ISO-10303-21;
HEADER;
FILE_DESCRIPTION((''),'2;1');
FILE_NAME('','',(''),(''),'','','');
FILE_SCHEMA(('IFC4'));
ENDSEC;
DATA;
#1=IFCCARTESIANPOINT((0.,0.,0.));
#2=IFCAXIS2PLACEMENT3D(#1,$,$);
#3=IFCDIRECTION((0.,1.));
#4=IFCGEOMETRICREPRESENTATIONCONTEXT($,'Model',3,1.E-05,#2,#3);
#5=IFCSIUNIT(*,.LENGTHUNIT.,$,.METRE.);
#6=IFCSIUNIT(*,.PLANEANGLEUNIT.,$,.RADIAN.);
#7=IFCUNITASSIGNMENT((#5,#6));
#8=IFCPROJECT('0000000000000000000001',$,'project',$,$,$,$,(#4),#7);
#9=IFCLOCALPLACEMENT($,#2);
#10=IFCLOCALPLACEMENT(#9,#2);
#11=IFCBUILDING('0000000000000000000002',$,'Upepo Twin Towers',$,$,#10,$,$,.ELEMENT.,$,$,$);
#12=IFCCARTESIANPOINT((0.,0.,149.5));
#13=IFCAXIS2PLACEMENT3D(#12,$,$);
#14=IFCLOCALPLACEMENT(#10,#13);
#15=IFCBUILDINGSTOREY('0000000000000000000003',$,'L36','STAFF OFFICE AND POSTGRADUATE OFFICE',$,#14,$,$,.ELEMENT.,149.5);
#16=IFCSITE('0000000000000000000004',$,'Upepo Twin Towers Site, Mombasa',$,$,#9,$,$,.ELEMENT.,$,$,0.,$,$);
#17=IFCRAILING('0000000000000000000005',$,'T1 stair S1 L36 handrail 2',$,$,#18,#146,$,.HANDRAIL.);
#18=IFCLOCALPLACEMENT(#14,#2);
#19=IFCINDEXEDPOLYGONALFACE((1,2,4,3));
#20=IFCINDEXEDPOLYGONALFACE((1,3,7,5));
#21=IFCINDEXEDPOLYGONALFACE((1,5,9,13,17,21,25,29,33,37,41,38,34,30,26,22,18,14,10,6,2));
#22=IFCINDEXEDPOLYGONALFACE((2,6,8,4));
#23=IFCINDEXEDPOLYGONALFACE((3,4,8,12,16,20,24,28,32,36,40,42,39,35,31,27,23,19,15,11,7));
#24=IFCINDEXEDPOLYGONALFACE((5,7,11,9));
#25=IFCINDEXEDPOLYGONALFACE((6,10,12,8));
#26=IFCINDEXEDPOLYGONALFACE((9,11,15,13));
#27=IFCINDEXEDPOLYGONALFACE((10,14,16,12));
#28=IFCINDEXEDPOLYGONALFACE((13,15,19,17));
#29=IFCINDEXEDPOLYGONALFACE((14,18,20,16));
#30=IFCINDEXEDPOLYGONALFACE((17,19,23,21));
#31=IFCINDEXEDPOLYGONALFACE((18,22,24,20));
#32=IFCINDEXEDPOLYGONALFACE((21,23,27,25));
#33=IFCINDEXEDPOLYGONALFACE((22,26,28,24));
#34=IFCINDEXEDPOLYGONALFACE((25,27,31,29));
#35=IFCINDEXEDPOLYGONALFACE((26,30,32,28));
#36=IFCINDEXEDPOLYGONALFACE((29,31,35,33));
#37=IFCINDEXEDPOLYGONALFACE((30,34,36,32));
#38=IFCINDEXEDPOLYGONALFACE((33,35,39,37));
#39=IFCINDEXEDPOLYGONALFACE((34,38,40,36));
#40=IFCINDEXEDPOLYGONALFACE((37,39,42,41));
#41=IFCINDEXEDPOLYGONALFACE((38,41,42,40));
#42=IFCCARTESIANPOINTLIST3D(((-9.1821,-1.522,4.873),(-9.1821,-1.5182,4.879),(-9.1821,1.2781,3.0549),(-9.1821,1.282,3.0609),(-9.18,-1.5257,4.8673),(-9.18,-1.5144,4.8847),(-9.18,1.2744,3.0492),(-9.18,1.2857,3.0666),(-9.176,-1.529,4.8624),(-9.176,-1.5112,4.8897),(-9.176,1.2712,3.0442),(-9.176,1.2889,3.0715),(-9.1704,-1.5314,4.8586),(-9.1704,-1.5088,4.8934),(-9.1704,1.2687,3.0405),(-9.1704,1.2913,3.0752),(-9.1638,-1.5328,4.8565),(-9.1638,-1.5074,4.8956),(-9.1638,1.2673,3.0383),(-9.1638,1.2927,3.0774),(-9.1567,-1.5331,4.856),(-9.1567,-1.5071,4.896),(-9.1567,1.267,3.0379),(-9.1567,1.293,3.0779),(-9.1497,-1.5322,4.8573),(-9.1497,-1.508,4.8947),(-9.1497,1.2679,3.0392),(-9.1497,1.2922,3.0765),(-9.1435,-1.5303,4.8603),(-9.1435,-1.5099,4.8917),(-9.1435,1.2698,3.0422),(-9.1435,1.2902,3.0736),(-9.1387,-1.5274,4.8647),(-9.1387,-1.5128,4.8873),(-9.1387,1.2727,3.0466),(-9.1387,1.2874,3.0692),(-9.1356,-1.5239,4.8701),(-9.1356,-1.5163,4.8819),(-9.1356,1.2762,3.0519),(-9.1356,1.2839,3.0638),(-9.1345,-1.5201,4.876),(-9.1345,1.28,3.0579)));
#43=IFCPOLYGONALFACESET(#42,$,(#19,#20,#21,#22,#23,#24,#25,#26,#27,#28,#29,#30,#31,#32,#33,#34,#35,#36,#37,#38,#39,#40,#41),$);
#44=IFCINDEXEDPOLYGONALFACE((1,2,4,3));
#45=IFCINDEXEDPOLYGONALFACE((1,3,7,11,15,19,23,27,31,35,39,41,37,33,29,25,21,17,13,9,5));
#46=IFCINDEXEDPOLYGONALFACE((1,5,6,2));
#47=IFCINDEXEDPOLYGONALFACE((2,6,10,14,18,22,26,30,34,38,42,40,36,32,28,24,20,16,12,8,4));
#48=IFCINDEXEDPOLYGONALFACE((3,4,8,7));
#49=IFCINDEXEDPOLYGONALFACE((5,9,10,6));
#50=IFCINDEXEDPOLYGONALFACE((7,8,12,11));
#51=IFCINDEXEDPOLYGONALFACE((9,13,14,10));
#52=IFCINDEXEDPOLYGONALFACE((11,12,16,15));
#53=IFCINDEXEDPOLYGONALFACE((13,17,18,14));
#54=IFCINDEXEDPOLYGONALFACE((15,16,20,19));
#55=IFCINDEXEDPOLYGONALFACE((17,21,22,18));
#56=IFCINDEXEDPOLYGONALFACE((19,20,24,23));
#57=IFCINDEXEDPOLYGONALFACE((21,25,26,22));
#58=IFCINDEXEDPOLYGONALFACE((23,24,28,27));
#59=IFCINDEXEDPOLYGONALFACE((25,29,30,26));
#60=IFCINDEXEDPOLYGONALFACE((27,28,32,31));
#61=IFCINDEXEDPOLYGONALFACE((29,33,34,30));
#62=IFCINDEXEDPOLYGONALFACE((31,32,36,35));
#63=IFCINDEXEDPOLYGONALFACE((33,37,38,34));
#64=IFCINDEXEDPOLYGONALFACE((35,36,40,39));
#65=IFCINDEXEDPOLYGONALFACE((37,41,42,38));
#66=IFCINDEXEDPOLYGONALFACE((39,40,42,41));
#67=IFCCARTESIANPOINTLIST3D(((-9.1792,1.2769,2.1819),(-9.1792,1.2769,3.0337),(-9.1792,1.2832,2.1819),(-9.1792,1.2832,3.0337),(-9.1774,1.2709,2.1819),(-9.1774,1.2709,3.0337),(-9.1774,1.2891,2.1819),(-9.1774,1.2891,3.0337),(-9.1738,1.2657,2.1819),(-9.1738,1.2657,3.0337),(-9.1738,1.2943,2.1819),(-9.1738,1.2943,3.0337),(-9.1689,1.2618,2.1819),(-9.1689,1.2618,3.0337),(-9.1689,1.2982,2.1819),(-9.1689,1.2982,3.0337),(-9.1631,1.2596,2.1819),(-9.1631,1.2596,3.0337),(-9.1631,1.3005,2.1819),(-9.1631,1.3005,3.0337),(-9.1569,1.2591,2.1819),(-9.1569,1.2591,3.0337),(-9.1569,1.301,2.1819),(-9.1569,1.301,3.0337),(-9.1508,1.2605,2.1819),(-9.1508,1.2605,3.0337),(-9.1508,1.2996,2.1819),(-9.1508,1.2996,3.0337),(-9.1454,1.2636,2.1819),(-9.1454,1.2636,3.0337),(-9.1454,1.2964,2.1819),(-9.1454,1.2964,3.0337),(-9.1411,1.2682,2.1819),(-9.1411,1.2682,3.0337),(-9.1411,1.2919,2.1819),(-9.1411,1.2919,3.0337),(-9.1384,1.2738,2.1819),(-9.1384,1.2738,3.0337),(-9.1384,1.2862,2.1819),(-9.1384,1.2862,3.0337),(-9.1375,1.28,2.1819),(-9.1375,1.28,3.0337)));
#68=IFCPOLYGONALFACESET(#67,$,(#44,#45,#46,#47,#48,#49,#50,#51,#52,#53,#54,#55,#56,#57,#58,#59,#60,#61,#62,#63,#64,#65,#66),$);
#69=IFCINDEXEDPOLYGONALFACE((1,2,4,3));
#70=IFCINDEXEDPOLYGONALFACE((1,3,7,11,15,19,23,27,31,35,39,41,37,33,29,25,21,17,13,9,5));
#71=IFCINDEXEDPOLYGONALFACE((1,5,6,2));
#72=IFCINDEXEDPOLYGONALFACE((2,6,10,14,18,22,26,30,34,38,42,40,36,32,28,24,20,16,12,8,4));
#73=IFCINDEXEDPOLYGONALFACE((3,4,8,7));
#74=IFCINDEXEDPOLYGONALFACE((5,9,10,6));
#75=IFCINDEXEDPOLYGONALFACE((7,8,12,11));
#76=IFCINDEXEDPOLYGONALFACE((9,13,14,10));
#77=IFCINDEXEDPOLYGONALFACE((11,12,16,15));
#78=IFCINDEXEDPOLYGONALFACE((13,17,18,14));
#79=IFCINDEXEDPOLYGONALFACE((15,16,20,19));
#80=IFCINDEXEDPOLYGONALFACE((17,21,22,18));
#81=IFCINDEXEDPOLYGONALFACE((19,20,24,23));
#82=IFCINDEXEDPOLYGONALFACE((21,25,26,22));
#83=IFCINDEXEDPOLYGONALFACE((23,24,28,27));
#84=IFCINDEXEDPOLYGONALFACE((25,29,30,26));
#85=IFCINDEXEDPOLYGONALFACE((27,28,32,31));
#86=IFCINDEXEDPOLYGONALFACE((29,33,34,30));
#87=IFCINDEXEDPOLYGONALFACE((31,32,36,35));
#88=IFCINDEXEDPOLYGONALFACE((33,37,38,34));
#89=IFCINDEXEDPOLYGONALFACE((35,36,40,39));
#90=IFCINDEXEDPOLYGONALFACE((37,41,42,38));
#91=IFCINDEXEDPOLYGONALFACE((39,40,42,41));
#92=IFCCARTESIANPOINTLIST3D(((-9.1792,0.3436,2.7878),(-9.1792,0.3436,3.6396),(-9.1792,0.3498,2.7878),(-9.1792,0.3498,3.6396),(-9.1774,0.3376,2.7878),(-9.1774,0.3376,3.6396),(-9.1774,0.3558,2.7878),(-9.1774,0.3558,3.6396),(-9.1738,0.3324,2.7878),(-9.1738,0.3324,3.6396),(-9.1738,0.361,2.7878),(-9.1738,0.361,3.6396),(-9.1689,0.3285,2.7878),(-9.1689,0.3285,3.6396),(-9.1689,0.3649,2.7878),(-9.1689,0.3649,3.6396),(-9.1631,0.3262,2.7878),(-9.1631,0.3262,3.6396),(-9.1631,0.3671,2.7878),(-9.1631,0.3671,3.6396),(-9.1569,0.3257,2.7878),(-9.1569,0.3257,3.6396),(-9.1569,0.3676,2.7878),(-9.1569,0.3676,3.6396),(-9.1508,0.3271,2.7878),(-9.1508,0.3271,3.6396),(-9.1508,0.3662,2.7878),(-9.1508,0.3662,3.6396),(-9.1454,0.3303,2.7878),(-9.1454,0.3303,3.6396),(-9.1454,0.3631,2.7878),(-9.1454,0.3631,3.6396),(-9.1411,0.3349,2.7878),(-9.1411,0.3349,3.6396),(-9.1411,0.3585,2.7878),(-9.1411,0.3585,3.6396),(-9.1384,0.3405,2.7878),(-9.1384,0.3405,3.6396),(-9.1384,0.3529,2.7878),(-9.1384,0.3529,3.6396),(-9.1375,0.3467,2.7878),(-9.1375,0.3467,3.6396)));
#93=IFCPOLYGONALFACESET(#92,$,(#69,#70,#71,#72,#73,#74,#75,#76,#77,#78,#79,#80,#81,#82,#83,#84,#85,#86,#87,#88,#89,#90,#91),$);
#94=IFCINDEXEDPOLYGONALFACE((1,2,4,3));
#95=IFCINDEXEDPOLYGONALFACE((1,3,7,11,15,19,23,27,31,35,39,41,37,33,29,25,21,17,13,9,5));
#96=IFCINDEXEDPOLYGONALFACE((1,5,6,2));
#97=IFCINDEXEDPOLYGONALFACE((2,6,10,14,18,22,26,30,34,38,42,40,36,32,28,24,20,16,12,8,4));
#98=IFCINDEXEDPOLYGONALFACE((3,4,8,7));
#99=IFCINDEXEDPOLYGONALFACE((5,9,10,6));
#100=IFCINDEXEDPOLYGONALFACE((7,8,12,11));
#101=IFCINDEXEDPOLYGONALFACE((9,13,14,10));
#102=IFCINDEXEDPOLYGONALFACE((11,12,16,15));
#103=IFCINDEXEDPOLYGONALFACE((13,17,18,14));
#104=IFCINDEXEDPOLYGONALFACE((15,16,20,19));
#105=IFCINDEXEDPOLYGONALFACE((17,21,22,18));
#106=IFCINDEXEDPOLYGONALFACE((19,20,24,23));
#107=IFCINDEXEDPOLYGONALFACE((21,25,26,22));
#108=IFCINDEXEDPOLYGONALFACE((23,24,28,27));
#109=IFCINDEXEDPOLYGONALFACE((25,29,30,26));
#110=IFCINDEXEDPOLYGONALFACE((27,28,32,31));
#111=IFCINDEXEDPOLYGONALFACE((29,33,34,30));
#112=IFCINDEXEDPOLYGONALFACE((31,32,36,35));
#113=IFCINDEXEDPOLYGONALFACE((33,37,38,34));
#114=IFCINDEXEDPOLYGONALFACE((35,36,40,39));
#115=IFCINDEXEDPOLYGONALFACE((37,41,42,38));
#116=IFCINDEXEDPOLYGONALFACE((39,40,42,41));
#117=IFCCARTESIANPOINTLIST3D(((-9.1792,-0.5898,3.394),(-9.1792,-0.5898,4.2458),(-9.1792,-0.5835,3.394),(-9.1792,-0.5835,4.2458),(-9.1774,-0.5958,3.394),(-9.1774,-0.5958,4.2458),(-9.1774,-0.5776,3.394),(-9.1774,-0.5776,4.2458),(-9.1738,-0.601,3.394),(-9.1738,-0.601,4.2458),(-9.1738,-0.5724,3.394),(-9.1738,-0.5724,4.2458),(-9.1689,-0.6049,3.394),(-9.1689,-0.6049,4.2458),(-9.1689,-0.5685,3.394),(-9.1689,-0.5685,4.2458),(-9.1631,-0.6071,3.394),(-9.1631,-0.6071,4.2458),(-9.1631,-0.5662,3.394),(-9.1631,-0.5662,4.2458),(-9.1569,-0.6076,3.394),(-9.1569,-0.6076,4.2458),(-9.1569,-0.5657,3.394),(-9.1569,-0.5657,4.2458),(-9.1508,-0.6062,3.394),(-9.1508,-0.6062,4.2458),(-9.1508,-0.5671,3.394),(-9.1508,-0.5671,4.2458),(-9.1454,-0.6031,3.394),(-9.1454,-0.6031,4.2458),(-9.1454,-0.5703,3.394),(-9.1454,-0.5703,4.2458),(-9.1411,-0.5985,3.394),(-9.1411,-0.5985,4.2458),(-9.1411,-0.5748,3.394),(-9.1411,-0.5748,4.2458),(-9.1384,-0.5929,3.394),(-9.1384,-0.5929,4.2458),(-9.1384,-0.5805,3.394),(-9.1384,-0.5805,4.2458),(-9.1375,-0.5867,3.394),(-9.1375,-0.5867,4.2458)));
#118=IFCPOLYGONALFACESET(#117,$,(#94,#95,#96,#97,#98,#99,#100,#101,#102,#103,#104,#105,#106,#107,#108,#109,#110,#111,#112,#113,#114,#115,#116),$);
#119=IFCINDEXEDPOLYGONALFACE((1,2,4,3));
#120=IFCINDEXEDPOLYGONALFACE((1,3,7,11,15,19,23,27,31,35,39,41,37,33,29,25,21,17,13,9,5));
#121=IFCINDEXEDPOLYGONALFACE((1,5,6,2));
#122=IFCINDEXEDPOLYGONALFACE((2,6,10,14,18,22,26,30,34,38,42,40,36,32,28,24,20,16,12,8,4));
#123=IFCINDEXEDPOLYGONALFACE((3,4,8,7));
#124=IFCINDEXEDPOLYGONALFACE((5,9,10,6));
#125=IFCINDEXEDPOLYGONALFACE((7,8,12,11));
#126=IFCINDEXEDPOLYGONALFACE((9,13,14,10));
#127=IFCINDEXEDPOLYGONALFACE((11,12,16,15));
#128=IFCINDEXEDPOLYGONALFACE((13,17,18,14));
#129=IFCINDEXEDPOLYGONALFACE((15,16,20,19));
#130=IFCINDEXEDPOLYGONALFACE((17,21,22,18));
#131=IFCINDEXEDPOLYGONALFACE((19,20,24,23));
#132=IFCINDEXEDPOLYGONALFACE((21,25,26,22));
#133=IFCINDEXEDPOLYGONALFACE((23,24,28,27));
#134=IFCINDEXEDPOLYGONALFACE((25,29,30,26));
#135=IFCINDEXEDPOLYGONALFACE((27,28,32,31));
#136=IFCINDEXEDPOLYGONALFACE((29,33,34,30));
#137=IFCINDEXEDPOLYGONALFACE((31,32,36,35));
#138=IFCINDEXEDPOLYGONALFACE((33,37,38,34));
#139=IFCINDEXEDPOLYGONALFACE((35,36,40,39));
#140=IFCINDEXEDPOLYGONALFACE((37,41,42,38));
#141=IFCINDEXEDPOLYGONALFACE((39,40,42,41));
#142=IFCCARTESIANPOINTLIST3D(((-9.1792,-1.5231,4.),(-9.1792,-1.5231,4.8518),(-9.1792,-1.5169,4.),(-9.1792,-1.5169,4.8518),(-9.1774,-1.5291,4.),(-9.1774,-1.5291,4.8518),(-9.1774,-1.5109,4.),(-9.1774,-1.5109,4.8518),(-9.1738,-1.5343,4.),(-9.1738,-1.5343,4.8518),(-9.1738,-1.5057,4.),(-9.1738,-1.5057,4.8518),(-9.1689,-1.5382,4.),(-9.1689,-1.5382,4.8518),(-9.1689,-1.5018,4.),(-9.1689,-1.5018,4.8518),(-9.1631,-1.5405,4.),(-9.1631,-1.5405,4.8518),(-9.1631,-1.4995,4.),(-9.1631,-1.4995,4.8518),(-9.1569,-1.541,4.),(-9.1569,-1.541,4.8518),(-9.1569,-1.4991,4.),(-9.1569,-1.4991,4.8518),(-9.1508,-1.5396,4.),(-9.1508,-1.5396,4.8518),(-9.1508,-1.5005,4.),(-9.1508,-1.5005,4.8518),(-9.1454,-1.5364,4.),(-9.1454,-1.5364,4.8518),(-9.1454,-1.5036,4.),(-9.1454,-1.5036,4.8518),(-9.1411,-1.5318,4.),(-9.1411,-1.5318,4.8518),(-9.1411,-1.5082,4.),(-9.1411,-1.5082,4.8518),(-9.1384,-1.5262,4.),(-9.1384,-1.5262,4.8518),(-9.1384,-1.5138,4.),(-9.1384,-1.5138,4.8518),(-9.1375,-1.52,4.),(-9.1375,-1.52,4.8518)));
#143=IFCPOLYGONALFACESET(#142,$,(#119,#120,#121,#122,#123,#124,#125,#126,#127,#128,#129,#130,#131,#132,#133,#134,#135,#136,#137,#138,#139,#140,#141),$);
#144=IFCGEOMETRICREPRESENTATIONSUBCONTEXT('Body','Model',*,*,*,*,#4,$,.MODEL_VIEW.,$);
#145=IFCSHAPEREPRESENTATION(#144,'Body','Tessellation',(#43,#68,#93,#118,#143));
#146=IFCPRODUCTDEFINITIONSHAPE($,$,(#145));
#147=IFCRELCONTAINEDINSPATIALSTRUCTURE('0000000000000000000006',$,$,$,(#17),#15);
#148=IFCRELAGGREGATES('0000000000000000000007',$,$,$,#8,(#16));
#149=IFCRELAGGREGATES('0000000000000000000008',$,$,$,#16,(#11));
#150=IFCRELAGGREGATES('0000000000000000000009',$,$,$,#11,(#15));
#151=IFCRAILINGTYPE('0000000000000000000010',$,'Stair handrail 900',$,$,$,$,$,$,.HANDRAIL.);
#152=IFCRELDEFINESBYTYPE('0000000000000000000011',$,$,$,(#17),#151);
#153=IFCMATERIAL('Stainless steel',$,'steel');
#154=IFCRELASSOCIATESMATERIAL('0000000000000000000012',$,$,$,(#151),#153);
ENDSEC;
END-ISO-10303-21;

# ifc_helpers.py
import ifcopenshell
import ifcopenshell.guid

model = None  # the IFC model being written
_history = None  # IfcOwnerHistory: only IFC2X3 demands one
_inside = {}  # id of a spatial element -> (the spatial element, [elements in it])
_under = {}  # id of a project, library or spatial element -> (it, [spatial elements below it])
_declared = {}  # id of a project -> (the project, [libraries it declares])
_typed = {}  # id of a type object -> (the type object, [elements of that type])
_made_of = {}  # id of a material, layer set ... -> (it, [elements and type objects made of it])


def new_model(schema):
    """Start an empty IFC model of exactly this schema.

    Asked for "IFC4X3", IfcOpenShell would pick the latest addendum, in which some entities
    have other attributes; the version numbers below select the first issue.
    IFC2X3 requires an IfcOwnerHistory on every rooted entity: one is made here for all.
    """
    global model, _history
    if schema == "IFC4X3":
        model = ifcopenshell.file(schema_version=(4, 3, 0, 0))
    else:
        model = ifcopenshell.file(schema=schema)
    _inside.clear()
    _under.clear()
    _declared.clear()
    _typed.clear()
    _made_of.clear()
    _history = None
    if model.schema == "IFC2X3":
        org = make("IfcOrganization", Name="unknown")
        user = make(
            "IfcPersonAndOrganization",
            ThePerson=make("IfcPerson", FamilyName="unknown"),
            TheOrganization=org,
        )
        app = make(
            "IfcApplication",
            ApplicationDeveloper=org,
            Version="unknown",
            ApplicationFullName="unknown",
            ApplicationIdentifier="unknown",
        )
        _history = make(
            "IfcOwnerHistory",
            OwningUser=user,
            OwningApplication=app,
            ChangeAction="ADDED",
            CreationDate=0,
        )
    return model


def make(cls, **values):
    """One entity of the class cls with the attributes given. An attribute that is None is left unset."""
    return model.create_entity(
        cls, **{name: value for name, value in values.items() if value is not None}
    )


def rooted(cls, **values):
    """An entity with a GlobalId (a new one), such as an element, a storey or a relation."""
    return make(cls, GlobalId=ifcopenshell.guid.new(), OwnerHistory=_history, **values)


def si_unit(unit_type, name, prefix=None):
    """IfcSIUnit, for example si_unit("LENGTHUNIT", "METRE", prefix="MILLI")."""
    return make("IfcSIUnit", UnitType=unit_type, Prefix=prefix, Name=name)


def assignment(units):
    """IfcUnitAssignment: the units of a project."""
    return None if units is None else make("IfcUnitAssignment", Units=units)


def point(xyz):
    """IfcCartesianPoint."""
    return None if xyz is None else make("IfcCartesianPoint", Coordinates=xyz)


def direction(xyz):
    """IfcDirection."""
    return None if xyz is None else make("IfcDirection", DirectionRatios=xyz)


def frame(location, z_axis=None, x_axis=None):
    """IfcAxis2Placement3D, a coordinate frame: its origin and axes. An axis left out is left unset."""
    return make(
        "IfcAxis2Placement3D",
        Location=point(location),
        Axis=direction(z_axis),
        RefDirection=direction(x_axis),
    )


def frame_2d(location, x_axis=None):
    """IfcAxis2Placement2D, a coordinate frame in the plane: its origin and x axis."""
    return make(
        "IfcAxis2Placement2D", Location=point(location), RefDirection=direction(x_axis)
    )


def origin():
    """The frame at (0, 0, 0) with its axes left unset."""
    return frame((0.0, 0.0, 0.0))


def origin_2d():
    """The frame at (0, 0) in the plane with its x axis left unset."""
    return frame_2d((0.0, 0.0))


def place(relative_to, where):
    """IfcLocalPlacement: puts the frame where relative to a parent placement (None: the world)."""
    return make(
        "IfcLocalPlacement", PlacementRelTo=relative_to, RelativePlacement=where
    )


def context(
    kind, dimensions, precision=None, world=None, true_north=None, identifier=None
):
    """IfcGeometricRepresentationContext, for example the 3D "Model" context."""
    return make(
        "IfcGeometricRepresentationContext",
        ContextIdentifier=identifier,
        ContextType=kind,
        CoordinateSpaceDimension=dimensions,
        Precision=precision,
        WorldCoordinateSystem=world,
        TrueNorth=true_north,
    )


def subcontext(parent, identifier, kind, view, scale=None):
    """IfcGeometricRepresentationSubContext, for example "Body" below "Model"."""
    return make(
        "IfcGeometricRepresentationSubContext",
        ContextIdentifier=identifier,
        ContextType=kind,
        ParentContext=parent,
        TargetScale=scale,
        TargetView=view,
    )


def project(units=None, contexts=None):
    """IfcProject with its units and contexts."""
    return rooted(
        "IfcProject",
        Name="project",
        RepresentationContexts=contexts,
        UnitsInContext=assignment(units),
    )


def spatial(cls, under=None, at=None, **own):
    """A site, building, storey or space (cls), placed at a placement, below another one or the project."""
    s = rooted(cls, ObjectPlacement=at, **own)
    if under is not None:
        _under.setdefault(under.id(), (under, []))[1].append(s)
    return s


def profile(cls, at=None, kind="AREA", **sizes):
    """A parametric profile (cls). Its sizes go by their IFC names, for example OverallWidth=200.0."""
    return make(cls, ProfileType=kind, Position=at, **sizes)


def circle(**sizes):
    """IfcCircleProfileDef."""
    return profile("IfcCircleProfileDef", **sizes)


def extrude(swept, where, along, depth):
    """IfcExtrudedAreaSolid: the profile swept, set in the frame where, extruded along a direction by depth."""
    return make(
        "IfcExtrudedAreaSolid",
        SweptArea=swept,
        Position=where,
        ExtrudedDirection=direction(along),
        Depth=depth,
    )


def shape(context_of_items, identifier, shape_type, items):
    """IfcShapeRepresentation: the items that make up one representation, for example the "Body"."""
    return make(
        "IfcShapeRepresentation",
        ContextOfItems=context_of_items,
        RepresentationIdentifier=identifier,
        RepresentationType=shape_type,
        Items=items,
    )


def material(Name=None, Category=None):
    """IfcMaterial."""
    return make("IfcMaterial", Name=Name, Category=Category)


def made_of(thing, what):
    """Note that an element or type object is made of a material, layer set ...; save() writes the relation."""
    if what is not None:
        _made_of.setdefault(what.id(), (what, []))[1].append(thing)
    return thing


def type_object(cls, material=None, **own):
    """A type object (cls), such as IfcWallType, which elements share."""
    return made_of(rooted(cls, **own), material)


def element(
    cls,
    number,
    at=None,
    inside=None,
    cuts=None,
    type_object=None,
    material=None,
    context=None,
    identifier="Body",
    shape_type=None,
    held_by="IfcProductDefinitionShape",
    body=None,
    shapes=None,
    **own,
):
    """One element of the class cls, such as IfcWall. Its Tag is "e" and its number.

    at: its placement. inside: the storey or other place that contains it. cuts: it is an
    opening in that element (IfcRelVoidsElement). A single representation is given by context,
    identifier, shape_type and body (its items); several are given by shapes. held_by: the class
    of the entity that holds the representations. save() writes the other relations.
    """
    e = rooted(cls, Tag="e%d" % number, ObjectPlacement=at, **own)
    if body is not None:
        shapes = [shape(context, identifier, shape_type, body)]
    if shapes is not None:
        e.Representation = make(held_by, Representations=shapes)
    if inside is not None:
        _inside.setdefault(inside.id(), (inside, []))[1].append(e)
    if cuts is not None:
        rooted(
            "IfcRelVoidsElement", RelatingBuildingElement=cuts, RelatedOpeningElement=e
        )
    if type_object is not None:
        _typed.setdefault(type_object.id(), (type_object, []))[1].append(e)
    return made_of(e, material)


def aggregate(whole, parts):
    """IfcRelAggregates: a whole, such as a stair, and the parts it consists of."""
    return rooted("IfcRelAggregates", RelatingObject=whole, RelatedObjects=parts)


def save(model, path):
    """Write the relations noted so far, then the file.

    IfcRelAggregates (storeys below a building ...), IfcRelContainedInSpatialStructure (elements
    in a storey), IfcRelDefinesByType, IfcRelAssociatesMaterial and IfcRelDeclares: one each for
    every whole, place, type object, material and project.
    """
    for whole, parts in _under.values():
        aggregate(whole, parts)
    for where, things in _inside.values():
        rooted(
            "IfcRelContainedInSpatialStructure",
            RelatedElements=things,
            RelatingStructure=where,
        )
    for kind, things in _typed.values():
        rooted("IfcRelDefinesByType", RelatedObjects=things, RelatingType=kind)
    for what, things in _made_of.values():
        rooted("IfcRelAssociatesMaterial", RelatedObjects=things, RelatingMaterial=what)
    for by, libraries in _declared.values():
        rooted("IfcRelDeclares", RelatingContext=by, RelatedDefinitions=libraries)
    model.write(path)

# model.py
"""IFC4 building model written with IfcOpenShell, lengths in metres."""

from ifc_helpers import new_model, si_unit, direction, frame, origin, origin_2d, place, context, subcontext, project, spatial, circle, extrude, material, type_object, element, save


model = new_model("IFC4")

# Units and contexts
model_context = context("Model", 3, precision=1e-05, world=origin(), true_north=direction((0.0, 1.0)))
body_context = subcontext(model_context, "Body", "Model", "MODEL_VIEW")
ifc_project = project(units=[si_unit("LENGTHUNIT", "METRE"), si_unit("PLANEANGLEUNIT", "RADIAN")], contexts=[model_context])

# Site, building, storey
site_placement = place(None, origin())
site = spatial("IfcSite", under=ifc_project, at=site_placement, Name="Upepo Twin Towers Site, Mombasa", CompositionType="ELEMENT", RefElevation=0.0)
building_placement = place(site_placement, origin())
building = spatial("IfcBuilding", under=site, at=building_placement, Name="Upepo Twin Towers", CompositionType="ELEMENT")
storey_placement = place(building_placement, frame((0.0, 0.0, 149.5)))
storey = spatial("IfcBuildingStorey", under=building, at=storey_placement, Name="L36", Description="STAFF OFFICE AND POSTGRADUATE OFFICE", CompositionType="ELEMENT", Elevation=149.5)

# Railing
ifc_material_1 = material(Name="Stainless steel", Category="steel")
railing_type = type_object("IfcRailingType", Name="Stair handrail 900", PredefinedType="HANDRAIL", material=ifc_material_1)
railing_1_placement = place(storey_placement, frame((-9.1584, 1.28, 2.1819)))
element("IfcRailing", 1, at=railing_1_placement, inside=storey, type_object=railing_type, Name="T1 stair S1 L36 handrail 2", PredefinedType="HANDRAIL", context=body_context, shape_type="SweptSolid", body=[
    extrude(circle(Radius=0.0239, at=origin_2d()), frame((0.0, 0.0, 0.876), z_axis=(0.0, -0.838706, 0.544585), x_axis=(1.0, 0.0, 0.0)), (0.0, 0.0, 1.0), 3.3386),
    extrude(circle(Radius=0.021, at=origin_2d()), origin(), (0.0, 0.0, 1.0), 0.8518),
    extrude(circle(Radius=0.021, at=origin_2d()), frame((0.0, -0.9333, 0.606)), (0.0, 0.0, 1.0), 0.8518),
    extrude(circle(Radius=0.021, at=origin_2d()), frame((0.0, -1.8667, 1.2122)), (0.0, 0.0, 1.0), 0.8518),
    extrude(circle(Radius=0.021, at=origin_2d()), frame((0.0, -2.8, 1.8181)), (0.0, 0.0, 1.0), 0.8518),
])

save(model, "model.ifc")
